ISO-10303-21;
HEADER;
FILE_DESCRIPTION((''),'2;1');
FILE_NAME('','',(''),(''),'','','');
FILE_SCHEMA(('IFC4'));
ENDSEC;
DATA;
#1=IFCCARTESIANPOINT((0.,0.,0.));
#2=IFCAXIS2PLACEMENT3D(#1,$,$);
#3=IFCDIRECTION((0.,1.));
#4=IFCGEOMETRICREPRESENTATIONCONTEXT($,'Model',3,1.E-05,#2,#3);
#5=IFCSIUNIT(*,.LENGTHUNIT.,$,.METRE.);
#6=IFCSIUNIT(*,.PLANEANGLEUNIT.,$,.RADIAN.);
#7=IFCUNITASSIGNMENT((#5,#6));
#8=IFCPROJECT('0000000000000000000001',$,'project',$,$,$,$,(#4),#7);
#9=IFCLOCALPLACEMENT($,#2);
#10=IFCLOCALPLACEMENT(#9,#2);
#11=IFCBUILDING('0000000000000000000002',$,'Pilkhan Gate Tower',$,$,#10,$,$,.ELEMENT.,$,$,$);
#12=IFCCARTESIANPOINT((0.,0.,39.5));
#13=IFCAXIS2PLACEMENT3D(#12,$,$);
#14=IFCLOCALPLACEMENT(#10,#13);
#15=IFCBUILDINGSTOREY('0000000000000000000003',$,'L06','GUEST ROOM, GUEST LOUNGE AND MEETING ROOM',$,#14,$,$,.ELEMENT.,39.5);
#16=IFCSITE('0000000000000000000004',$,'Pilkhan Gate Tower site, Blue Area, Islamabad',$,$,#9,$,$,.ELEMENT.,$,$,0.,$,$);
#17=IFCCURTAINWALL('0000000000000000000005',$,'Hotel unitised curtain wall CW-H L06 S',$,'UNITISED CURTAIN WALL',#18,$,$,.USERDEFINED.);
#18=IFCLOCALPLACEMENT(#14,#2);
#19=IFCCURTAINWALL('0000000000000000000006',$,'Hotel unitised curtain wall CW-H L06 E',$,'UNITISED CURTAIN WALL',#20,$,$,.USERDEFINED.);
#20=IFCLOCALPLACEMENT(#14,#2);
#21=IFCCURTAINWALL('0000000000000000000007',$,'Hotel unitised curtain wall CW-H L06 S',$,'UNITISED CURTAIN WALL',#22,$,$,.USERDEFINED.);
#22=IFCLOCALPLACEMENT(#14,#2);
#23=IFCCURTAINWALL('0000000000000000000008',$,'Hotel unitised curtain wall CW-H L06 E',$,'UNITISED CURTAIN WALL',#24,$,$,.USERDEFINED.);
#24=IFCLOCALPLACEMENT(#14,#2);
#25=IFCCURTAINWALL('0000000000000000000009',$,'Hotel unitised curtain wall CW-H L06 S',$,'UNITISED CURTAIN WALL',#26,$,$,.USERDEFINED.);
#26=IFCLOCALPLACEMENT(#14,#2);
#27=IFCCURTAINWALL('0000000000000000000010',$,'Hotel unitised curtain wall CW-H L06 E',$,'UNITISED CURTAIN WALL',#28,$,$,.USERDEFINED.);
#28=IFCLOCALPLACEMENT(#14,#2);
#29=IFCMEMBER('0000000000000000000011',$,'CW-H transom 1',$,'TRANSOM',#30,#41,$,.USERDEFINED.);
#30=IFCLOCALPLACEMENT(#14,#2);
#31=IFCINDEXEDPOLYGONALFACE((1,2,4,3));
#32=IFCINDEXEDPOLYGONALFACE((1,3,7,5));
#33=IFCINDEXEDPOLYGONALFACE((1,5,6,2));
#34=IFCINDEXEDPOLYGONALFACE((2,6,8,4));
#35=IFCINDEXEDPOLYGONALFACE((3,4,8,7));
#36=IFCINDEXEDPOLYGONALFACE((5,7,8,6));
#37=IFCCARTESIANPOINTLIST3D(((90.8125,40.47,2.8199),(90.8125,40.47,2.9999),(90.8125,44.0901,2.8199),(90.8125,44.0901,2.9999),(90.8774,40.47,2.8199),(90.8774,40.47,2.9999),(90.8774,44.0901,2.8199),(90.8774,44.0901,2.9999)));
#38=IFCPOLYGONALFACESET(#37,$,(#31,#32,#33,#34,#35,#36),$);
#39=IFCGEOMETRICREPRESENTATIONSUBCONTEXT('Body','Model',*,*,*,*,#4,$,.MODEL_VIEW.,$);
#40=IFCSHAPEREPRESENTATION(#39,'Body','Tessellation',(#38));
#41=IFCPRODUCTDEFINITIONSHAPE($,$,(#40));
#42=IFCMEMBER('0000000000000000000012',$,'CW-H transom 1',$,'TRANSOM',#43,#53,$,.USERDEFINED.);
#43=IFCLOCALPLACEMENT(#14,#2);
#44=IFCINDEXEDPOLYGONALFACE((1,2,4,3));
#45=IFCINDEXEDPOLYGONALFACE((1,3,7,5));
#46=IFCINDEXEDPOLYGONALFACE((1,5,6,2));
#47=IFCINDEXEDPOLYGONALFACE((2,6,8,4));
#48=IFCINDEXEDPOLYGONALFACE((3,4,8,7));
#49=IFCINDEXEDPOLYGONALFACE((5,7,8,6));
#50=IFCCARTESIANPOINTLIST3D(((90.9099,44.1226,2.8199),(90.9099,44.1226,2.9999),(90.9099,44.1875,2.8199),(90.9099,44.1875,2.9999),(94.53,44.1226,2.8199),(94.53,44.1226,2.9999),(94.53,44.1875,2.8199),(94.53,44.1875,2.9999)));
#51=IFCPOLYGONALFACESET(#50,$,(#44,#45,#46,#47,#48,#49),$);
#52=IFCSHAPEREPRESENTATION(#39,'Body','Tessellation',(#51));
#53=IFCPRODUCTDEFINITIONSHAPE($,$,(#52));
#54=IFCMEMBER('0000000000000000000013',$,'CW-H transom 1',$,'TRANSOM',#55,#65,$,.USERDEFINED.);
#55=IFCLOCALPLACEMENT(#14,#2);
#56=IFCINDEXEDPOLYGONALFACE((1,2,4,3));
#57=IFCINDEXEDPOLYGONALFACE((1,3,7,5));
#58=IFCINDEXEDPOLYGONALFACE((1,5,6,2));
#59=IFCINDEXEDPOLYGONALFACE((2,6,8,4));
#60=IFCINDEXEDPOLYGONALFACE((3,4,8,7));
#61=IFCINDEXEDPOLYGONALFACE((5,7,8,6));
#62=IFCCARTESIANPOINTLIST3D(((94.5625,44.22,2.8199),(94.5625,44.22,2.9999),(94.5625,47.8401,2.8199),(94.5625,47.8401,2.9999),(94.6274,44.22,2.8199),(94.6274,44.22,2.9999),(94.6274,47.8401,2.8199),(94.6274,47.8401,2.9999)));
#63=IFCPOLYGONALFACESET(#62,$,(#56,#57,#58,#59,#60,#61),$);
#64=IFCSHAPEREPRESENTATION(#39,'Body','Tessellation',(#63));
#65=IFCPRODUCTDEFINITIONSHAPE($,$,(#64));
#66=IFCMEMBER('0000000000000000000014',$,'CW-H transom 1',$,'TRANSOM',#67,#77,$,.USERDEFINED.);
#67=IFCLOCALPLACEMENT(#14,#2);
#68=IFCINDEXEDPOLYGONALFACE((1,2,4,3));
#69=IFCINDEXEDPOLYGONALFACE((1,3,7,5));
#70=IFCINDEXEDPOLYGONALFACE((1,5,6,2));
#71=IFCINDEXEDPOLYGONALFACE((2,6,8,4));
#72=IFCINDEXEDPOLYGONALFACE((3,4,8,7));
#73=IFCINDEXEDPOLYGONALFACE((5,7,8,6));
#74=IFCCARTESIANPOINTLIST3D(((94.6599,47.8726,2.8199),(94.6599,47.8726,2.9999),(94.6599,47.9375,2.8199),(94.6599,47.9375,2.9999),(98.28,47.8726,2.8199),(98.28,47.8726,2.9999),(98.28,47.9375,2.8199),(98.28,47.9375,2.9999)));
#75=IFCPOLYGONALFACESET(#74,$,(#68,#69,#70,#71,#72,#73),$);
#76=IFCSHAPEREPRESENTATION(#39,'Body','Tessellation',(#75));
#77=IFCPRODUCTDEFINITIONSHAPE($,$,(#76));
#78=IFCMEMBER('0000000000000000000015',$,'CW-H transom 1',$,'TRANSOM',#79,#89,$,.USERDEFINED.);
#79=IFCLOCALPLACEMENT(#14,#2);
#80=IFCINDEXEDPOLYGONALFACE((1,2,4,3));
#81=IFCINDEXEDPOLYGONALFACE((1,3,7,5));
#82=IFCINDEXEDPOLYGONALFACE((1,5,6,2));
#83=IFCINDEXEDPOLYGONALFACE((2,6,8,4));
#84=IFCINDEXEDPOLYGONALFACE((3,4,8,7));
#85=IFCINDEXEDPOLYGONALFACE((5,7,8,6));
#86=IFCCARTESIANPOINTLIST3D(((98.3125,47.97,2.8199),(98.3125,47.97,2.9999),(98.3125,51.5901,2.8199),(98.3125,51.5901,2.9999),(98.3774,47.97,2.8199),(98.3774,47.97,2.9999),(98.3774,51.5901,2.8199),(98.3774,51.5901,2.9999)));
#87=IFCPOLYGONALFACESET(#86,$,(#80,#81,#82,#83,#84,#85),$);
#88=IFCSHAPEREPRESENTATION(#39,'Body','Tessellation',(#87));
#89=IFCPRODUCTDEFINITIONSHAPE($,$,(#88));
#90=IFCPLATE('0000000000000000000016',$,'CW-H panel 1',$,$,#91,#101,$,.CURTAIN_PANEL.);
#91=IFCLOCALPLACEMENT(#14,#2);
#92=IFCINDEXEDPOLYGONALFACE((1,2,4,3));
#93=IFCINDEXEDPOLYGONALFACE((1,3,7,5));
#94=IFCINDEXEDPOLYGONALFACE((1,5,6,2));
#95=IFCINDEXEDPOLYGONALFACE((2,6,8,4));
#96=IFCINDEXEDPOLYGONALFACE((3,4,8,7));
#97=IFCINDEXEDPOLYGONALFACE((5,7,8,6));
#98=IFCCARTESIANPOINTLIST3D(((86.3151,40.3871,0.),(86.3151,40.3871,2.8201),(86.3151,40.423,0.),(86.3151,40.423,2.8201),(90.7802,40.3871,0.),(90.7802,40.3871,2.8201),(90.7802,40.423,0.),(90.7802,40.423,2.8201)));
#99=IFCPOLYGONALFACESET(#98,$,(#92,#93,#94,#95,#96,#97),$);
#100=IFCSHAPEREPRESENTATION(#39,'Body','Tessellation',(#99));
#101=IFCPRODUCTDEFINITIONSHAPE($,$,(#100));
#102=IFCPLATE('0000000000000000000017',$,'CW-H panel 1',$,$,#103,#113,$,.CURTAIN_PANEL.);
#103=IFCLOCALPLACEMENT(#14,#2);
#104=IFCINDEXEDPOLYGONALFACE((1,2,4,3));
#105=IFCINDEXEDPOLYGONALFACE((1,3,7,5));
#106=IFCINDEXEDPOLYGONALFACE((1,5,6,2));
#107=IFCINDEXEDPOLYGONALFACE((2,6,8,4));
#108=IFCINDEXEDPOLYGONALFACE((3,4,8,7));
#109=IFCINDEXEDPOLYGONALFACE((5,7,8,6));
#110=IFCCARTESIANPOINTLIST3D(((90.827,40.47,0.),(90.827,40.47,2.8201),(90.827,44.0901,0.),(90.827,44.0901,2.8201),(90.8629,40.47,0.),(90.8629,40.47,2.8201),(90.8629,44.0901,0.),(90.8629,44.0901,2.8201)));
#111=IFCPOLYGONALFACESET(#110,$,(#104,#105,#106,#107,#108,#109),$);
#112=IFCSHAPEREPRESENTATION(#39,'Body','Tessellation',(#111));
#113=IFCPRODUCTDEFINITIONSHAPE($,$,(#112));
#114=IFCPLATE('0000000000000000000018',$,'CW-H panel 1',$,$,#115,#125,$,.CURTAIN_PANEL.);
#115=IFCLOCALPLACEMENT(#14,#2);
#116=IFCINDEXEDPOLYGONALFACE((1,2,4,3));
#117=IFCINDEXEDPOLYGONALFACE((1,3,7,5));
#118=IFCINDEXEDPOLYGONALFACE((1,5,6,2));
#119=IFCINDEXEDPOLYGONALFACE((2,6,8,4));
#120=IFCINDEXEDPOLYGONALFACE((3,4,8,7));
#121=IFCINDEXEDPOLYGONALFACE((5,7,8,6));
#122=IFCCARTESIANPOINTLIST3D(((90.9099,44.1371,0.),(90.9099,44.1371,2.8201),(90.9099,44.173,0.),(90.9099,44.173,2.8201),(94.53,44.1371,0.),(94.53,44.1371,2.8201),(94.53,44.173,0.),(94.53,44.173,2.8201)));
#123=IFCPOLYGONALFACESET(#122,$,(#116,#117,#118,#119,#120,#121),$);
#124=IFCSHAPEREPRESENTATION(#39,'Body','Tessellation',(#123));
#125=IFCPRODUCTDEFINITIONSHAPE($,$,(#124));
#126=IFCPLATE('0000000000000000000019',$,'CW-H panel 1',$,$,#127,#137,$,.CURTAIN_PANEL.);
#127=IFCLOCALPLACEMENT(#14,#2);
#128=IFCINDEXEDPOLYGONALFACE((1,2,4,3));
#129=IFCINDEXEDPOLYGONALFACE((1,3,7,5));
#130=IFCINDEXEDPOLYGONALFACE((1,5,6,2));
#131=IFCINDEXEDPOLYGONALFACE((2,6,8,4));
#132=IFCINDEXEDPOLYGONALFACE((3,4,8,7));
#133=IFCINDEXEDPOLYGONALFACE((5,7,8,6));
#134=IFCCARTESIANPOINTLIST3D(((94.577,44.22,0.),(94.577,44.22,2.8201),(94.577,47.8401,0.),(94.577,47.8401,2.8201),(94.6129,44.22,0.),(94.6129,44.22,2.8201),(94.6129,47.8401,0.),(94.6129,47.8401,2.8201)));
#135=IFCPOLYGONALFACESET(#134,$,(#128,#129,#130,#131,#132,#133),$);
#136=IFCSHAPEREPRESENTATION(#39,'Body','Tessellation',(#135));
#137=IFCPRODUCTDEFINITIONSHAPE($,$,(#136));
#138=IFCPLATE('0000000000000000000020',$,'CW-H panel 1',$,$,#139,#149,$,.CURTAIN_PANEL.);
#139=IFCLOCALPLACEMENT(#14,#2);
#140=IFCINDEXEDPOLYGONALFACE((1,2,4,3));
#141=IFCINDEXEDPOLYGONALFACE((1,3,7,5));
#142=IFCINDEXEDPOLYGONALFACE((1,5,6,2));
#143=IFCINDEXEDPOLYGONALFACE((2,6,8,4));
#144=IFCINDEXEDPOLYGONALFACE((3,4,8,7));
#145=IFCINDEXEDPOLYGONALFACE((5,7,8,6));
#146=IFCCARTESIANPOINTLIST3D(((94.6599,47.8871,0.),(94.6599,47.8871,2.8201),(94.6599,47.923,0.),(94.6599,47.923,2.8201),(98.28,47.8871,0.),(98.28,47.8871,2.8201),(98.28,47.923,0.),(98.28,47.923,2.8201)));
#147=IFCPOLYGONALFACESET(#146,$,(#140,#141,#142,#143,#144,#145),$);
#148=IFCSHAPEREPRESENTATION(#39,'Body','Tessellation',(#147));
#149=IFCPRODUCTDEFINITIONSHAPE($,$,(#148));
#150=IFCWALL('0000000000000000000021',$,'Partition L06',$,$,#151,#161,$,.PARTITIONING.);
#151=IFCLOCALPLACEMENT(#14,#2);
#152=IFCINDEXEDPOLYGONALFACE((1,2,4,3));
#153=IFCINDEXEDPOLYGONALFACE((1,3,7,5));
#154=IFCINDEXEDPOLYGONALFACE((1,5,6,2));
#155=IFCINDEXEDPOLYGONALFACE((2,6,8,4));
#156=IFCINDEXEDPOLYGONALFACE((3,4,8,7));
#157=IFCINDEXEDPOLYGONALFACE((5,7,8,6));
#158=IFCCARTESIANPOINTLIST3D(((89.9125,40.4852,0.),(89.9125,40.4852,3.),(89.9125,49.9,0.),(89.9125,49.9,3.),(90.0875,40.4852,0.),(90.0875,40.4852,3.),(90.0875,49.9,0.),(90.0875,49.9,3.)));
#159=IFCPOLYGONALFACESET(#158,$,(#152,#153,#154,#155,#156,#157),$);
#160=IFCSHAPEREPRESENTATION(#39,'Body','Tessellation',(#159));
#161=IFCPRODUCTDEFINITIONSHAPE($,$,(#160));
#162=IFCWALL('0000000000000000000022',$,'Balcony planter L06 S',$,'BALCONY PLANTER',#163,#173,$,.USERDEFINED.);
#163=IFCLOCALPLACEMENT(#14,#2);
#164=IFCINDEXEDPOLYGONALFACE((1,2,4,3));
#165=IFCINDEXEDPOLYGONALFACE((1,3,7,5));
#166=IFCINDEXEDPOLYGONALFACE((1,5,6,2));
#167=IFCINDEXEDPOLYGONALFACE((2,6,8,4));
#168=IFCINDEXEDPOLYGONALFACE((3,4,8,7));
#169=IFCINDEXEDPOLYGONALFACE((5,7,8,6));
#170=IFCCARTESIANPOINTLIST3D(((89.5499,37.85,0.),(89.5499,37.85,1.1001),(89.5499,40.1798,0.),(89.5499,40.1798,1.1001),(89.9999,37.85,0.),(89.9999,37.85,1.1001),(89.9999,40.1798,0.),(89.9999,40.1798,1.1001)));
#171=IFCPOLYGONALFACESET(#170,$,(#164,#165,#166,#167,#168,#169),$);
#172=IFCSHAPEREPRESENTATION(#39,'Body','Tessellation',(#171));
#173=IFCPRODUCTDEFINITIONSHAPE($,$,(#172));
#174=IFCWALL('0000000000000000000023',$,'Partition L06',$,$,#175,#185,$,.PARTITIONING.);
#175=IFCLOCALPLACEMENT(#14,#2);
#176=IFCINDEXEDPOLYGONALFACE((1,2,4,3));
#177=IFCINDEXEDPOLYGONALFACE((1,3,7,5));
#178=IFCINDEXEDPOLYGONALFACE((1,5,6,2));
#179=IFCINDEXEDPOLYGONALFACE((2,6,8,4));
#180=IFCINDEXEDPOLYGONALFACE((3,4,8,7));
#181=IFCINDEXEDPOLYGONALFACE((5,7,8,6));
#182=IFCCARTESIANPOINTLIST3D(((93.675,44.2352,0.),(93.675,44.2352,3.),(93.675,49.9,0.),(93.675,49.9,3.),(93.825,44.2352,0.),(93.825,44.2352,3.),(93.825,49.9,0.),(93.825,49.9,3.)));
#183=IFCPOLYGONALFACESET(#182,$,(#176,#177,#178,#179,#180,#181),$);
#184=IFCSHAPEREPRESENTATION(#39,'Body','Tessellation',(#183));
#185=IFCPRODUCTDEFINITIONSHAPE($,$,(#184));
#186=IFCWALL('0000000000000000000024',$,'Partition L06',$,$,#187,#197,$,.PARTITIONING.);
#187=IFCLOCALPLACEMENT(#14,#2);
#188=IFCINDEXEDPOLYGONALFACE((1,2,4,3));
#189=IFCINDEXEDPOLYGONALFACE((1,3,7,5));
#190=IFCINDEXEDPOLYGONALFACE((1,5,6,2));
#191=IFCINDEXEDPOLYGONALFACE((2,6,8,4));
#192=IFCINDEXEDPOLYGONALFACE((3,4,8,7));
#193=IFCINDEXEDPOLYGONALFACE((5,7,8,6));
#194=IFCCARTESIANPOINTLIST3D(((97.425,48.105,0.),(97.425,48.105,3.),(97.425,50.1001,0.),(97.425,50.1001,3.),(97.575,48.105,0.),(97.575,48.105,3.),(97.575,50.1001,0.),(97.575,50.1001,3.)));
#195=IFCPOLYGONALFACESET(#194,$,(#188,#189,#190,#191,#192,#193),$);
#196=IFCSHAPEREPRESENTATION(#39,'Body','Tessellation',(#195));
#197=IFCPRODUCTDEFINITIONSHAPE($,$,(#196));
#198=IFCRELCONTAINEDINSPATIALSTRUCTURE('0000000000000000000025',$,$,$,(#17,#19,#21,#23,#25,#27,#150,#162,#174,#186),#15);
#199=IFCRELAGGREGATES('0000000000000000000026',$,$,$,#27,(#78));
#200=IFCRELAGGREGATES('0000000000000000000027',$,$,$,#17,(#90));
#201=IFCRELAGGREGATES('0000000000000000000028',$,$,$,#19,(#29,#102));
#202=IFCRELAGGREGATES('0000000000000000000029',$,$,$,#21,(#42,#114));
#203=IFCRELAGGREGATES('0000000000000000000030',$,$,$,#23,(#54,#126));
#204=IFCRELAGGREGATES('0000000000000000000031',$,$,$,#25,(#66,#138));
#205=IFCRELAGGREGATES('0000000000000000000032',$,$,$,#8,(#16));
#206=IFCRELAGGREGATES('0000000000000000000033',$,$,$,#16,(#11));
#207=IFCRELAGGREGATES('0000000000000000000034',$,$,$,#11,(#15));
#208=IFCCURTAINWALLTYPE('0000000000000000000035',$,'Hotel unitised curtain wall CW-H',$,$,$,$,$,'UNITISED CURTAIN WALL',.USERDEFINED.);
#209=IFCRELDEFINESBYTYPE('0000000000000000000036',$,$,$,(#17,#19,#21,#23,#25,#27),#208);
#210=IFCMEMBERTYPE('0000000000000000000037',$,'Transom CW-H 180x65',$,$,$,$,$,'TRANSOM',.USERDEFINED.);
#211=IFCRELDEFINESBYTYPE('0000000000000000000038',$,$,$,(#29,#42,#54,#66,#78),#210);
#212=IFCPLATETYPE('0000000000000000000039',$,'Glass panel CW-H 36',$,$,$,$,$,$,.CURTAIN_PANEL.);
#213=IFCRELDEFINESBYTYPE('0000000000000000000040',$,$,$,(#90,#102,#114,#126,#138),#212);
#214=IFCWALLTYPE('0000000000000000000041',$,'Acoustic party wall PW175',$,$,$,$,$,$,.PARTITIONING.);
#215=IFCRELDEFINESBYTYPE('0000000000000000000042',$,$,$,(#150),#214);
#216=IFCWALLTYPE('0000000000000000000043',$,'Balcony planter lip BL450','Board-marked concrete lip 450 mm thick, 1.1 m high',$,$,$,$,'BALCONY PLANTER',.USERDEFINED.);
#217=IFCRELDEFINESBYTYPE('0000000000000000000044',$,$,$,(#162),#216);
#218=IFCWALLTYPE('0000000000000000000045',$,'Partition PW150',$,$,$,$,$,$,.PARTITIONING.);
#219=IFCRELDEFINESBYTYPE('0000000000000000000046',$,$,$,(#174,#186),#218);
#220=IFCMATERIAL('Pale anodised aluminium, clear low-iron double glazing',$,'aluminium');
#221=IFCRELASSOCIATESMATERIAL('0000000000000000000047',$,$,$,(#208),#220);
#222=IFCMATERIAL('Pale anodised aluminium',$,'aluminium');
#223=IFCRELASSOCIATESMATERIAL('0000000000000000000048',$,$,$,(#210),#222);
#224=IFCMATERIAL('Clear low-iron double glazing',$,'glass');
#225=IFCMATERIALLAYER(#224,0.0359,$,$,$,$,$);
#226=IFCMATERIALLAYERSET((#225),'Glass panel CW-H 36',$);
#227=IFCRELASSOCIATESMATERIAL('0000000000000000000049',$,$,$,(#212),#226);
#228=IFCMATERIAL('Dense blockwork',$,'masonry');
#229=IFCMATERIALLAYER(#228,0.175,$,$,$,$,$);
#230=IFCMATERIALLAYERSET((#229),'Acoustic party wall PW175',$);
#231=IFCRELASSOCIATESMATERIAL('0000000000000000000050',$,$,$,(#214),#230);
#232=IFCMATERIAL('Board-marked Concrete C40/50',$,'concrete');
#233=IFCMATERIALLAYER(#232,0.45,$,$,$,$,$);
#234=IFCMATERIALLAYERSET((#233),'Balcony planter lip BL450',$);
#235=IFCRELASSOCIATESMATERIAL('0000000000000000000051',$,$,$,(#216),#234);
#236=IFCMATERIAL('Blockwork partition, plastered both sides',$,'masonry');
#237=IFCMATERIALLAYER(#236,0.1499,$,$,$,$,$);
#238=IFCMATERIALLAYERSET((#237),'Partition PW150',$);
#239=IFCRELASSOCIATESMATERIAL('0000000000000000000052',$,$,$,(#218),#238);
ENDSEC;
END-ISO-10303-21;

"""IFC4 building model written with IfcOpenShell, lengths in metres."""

from ifc_helpers import new_model, si_unit, direction, frame, frame_2d, origin, origin_2d, place, context, subcontext, project, spatial, rectangle, extrude, material, layer, layer_set, material_profile, profile_set, type_object, element, aggregate, save


model = new_model("IFC4")

# Units and contexts
model_context = context("Model", 3, precision=1e-05, world=origin(), true_north=direction((0.0, 1.0)))
body_context = subcontext(model_context, "Body", "Model", "MODEL_VIEW")
ifc_project = project(units=[si_unit("LENGTHUNIT", "METRE"), si_unit("PLANEANGLEUNIT", "RADIAN")], contexts=[model_context])

# Site, building, storey
site_placement = place(None, origin())
site = spatial("IfcSite", under=ifc_project, at=site_placement, Name="Pilkhan Gate Tower site, Blue Area, Islamabad", CompositionType="ELEMENT", RefElevation=0.0)
building_placement = place(site_placement, origin())
building = spatial("IfcBuilding", under=site, at=building_placement, Name="Pilkhan Gate Tower", CompositionType="ELEMENT")
storey_placement = place(building_placement, frame((0.0, 0.0, 39.5)))
storey = spatial("IfcBuildingStorey", under=building, at=storey_placement, Name="L06", Description="GUEST ROOM, GUEST LOUNGE AND MEETING ROOM", CompositionType="ELEMENT", Elevation=39.5)

# Curtain wall
ifc_material_1 = material(Name="Pale anodised aluminium, clear low-iron double glazing", Category="aluminium")
curtain_wall_type = type_object("IfcCurtainWallType", Name="Hotel unitised curtain wall CW-H", ElementType="UNITISED CURTAIN WALL", PredefinedType="USERDEFINED", material=ifc_material_1)
curtain_wall_1_placement = place(storey_placement, origin())
curtain_wall_1 = element("IfcCurtainWall", 1, at=curtain_wall_1_placement, inside=storey, type_object=curtain_wall_type, Name="Hotel unitised curtain wall CW-H L06 S", ObjectType="UNITISED CURTAIN WALL", PredefinedType="USERDEFINED")
ifc_material_2 = material(Name="Pale anodised aluminium", Category="aluminium")

# Curtain walls
curtain_wall_2_placement = place(storey_placement, origin())
curtain_wall_2 = element("IfcCurtainWall", 2, at=curtain_wall_2_placement, inside=storey, type_object=curtain_wall_type, Name="Hotel unitised curtain wall CW-H L06 E", ObjectType="UNITISED CURTAIN WALL", PredefinedType="USERDEFINED")
curtain_wall_3_placement = place(storey_placement, origin())
curtain_wall_3 = element("IfcCurtainWall", 3, at=curtain_wall_3_placement, inside=storey, type_object=curtain_wall_type, Name="Hotel unitised curtain wall CW-H L06 S", ObjectType="UNITISED CURTAIN WALL", PredefinedType="USERDEFINED")
curtain_wall_4_placement = place(storey_placement, origin())
curtain_wall_4 = element("IfcCurtainWall", 4, at=curtain_wall_4_placement, inside=storey, type_object=curtain_wall_type, Name="Hotel unitised curtain wall CW-H L06 E", ObjectType="UNITISED CURTAIN WALL", PredefinedType="USERDEFINED")
curtain_wall_5_placement = place(storey_placement, origin())
curtain_wall_5 = element("IfcCurtainWall", 5, at=curtain_wall_5_placement, inside=storey, type_object=curtain_wall_type, Name="Hotel unitised curtain wall CW-H L06 S", ObjectType="UNITISED CURTAIN WALL", PredefinedType="USERDEFINED")

# Curtain wall
curtain_wall_6_placement = place(storey_placement, origin())
curtain_wall_6 = element("IfcCurtainWall", 6, at=curtain_wall_6_placement, inside=storey, type_object=curtain_wall_type, Name="Hotel unitised curtain wall CW-H L06 E", ObjectType="UNITISED CURTAIN WALL", PredefinedType="USERDEFINED")

# Members
ifc_material_profile_1 = material_profile(ifc_material_2, rectangle(XDim=0.0649, YDim=0.1799, at=origin_2d()), Name="Transom 180x65")
ifc_profile_set_1 = profile_set([ifc_material_profile_1], Name="Pale anodised aluminium")
member_type_1 = type_object("IfcMemberType", Name="Transom CW-H 180x65", ElementType="TRANSOM", PredefinedType="USERDEFINED", material=ifc_profile_set_1)
member_1_placement = place(storey_placement, frame((90.845, 40.47, 2.9099), z_axis=(0.0, 1.0, 0.0), x_axis=(-1.0, 0.0, 0.0)))
member_1 = element("IfcMember", 7, at=member_1_placement, type_object=member_type_1, Name="CW-H transom 1", ObjectType="TRANSOM", PredefinedType="USERDEFINED", context=body_context, shape_type="SweptSolid", body=[
    extrude(rectangle(XDim=0.0649, YDim=0.1799, at=origin_2d()), origin(), (0.0, 0.0, 1.0), 3.6201),
])
member_2_placement = place(storey_placement, frame((90.9099, 44.155, 2.9099), z_axis=(1.0, 0.0, 0.0), x_axis=(0.0, 1.0, 0.0)))
member_2 = element("IfcMember", 8, at=member_2_placement, type_object=member_type_1, Name="CW-H transom 1", ObjectType="TRANSOM", PredefinedType="USERDEFINED", context=body_context, shape_type="SweptSolid", body=[
    extrude(rectangle(XDim=0.0649, YDim=0.1799, at=origin_2d()), origin(), (0.0, 0.0, 1.0), 3.6201),
])
member_3_placement = place(storey_placement, frame((94.595, 44.22, 2.9099), z_axis=(0.0, 1.0, 0.0), x_axis=(-1.0, 0.0, 0.0)))
member_3 = element("IfcMember", 9, at=member_3_placement, type_object=member_type_1, Name="CW-H transom 1", ObjectType="TRANSOM", PredefinedType="USERDEFINED", context=body_context, shape_type="SweptSolid", body=[
    extrude(rectangle(XDim=0.0649, YDim=0.1799, at=origin_2d()), origin(), (0.0, 0.0, 1.0), 3.6201),
])
member_4_placement = place(storey_placement, frame((94.6599, 47.905, 2.9099), z_axis=(1.0, 0.0, 0.0), x_axis=(0.0, 1.0, 0.0)))
member_4 = element("IfcMember", 10, at=member_4_placement, type_object=member_type_1, Name="CW-H transom 1", ObjectType="TRANSOM", PredefinedType="USERDEFINED", context=body_context, shape_type="SweptSolid", body=[
    extrude(rectangle(XDim=0.0649, YDim=0.1799, at=origin_2d()), origin(), (0.0, 0.0, 1.0), 3.6201),
])
member_5_placement = place(storey_placement, frame((98.345, 47.97, 2.9099), z_axis=(0.0, 1.0, 0.0), x_axis=(-1.0, 0.0, 0.0)))
member_5 = element("IfcMember", 11, at=member_5_placement, type_object=member_type_1, Name="CW-H transom 1", ObjectType="TRANSOM", PredefinedType="USERDEFINED", context=body_context, shape_type="SweptSolid", body=[
    extrude(rectangle(XDim=0.0649, YDim=0.1799, at=origin_2d()), origin(), (0.0, 0.0, 1.0), 3.6201),
])
aggregate(curtain_wall_6, [member_5])

# Plates
ifc_material_3 = material(Name="Clear low-iron double glazing", Category="glass")
ifc_layer_1 = layer(ifc_material_3, 0.0359)
ifc_layer_set_1 = layer_set([ifc_layer_1], Name="Glass panel CW-H 36")
plate_type = type_object("IfcPlateType", Name="Glass panel CW-H 36", PredefinedType="CURTAIN_PANEL", material=ifc_layer_set_1)
plate_1_placement = place(storey_placement, frame((88.5476, 40.405, 0.0), z_axis=(0.0, 0.0, 1.0), x_axis=(1.0, 0.0, 0.0)))
plate_1 = element("IfcPlate", 12, at=plate_1_placement, type_object=plate_type, Name="CW-H panel 1", PredefinedType="CURTAIN_PANEL", context=body_context, shape_type="SweptSolid", body=[
    extrude(rectangle(XDim=4.4651, YDim=0.0359, at=origin_2d()), origin(), (0.0, 0.0, 1.0), 2.8201),
])
aggregate(curtain_wall_1, [plate_1])
plate_2_placement = place(storey_placement, frame((90.845, 42.28, 0.0), z_axis=(0.0, 0.0, 1.0), x_axis=(0.0, 1.0, 0.0)))
plate_2 = element("IfcPlate", 13, at=plate_2_placement, type_object=plate_type, Name="CW-H panel 1", PredefinedType="CURTAIN_PANEL", context=body_context, shape_type="SweptSolid", body=[
    extrude(rectangle(XDim=3.6201, YDim=0.0359, at=origin_2d()), origin(), (0.0, 0.0, 1.0), 2.8201),
])
aggregate(curtain_wall_2, [member_1, plate_2])
plate_3_placement = place(storey_placement, frame((92.72, 44.155, 0.0), z_axis=(0.0, 0.0, 1.0), x_axis=(1.0, 0.0, 0.0)))
plate_3 = element("IfcPlate", 14, at=plate_3_placement, type_object=plate_type, Name="CW-H panel 1", PredefinedType="CURTAIN_PANEL", context=body_context, shape_type="SweptSolid", body=[
    extrude(rectangle(XDim=3.6201, YDim=0.0359, at=origin_2d()), origin(), (0.0, 0.0, 1.0), 2.8201),
])
aggregate(curtain_wall_3, [member_2, plate_3])
plate_4_placement = place(storey_placement, frame((94.595, 46.03, 0.0), z_axis=(0.0, 0.0, 1.0), x_axis=(0.0, 1.0, 0.0)))
plate_4 = element("IfcPlate", 15, at=plate_4_placement, type_object=plate_type, Name="CW-H panel 1", PredefinedType="CURTAIN_PANEL", context=body_context, shape_type="SweptSolid", body=[
    extrude(rectangle(XDim=3.6201, YDim=0.0359, at=origin_2d()), origin(), (0.0, 0.0, 1.0), 2.8201),
])
aggregate(curtain_wall_4, [member_3, plate_4])
plate_5_placement = place(storey_placement, frame((96.47, 47.905, 0.0), z_axis=(0.0, 0.0, 1.0), x_axis=(1.0, 0.0, 0.0)))
plate_5 = element("IfcPlate", 16, at=plate_5_placement, type_object=plate_type, Name="CW-H panel 1", PredefinedType="CURTAIN_PANEL", context=body_context, shape_type="SweptSolid", body=[
    extrude(rectangle(XDim=3.6201, YDim=0.0359, at=origin_2d()), origin(), (0.0, 0.0, 1.0), 2.8201),
])
aggregate(curtain_wall_5, [member_4, plate_5])

# Walls
ifc_material_4 = material(Name="Dense blockwork", Category="masonry")
ifc_layer_2 = layer(ifc_material_4, 0.175)
ifc_layer_set_2 = layer_set([ifc_layer_2], Name="Acoustic party wall PW175")
wall_type_1 = type_object("IfcWallType", Name="Acoustic party wall PW175", PredefinedType="PARTITIONING", material=ifc_layer_set_2)
wall_1_placement = place(storey_placement, frame((90.0, 40.4851, 0.0), z_axis=(0.0, 0.0, 1.0), x_axis=(0.0, 1.0, 0.0)))
element("IfcWall", 17, at=wall_1_placement, inside=storey, type_object=wall_type_1, Name="Partition L06", PredefinedType="PARTITIONING", context=body_context, shape_type="SweptSolid", body=[
    extrude(rectangle(XDim=9.4148, YDim=0.175, at=frame_2d((4.7075, 0.0))), origin(), (0.0, 0.0, 1.0), 3.0),
])
ifc_material_5 = material(Name="Board-marked Concrete C40/50", Category="concrete")
ifc_layer_3 = layer(ifc_material_5, 0.45)
ifc_layer_set_3 = layer_set([ifc_layer_3], Name="Balcony planter lip BL450")
wall_type_2 = type_object("IfcWallType", Name="Balcony planter lip BL450", Description="Board-marked concrete lip 450 mm thick, 1.1 m high", ElementType="BALCONY PLANTER", PredefinedType="USERDEFINED", material=ifc_layer_set_3)
wall_2_placement = place(storey_placement, frame((89.7749, 40.1799, 0.0), z_axis=(0.0, 0.0, 1.0), x_axis=(0.0, -1.0, 0.0)))
element("IfcWall", 18, at=wall_2_placement, inside=storey, type_object=wall_type_2, Name="Balcony planter L06 S", ObjectType="BALCONY PLANTER", PredefinedType="USERDEFINED", context=body_context, shape_type="SweptSolid", body=[
    extrude(rectangle(XDim=2.3298, YDim=0.45, at=frame_2d((1.165, 0.0))), origin(), (0.0, 0.0, 1.0), 1.1001),
])
ifc_material_6 = material(Name="Blockwork partition, plastered both sides", Category="masonry")
ifc_layer_4 = layer(ifc_material_6, 0.1499)
ifc_layer_set_4 = layer_set([ifc_layer_4], Name="Partition PW150")
wall_type_3 = type_object("IfcWallType", Name="Partition PW150", PredefinedType="PARTITIONING", material=ifc_layer_set_4)
wall_3_placement = place(storey_placement, frame((93.75, 44.2351, 0.0), z_axis=(0.0, 0.0, 1.0), x_axis=(0.0, 1.0, 0.0)))
element("IfcWall", 19, at=wall_3_placement, inside=storey, type_object=wall_type_3, Name="Partition L06", PredefinedType="PARTITIONING", context=body_context, shape_type="SweptSolid", body=[
    extrude(rectangle(XDim=5.6648, YDim=0.1499, at=frame_2d((2.8325, 0.0))), origin(), (0.0, 0.0, 1.0), 3.0),
])
wall_4_placement = place(storey_placement, frame((97.5, 48.105, 0.0), z_axis=(0.0, 0.0, 1.0), x_axis=(0.0, 1.0, 0.0)))
element("IfcWall", 20, at=wall_4_placement, inside=storey, type_object=wall_type_3, Name="Partition L06", PredefinedType="PARTITIONING", context=body_context, shape_type="SweptSolid", body=[
    extrude(rectangle(XDim=1.9951, YDim=0.1499, at=frame_2d((0.9976, 0.0))), origin(), (0.0, 0.0, 1.0), 3.0),
])

save(model, "model.ifc")
